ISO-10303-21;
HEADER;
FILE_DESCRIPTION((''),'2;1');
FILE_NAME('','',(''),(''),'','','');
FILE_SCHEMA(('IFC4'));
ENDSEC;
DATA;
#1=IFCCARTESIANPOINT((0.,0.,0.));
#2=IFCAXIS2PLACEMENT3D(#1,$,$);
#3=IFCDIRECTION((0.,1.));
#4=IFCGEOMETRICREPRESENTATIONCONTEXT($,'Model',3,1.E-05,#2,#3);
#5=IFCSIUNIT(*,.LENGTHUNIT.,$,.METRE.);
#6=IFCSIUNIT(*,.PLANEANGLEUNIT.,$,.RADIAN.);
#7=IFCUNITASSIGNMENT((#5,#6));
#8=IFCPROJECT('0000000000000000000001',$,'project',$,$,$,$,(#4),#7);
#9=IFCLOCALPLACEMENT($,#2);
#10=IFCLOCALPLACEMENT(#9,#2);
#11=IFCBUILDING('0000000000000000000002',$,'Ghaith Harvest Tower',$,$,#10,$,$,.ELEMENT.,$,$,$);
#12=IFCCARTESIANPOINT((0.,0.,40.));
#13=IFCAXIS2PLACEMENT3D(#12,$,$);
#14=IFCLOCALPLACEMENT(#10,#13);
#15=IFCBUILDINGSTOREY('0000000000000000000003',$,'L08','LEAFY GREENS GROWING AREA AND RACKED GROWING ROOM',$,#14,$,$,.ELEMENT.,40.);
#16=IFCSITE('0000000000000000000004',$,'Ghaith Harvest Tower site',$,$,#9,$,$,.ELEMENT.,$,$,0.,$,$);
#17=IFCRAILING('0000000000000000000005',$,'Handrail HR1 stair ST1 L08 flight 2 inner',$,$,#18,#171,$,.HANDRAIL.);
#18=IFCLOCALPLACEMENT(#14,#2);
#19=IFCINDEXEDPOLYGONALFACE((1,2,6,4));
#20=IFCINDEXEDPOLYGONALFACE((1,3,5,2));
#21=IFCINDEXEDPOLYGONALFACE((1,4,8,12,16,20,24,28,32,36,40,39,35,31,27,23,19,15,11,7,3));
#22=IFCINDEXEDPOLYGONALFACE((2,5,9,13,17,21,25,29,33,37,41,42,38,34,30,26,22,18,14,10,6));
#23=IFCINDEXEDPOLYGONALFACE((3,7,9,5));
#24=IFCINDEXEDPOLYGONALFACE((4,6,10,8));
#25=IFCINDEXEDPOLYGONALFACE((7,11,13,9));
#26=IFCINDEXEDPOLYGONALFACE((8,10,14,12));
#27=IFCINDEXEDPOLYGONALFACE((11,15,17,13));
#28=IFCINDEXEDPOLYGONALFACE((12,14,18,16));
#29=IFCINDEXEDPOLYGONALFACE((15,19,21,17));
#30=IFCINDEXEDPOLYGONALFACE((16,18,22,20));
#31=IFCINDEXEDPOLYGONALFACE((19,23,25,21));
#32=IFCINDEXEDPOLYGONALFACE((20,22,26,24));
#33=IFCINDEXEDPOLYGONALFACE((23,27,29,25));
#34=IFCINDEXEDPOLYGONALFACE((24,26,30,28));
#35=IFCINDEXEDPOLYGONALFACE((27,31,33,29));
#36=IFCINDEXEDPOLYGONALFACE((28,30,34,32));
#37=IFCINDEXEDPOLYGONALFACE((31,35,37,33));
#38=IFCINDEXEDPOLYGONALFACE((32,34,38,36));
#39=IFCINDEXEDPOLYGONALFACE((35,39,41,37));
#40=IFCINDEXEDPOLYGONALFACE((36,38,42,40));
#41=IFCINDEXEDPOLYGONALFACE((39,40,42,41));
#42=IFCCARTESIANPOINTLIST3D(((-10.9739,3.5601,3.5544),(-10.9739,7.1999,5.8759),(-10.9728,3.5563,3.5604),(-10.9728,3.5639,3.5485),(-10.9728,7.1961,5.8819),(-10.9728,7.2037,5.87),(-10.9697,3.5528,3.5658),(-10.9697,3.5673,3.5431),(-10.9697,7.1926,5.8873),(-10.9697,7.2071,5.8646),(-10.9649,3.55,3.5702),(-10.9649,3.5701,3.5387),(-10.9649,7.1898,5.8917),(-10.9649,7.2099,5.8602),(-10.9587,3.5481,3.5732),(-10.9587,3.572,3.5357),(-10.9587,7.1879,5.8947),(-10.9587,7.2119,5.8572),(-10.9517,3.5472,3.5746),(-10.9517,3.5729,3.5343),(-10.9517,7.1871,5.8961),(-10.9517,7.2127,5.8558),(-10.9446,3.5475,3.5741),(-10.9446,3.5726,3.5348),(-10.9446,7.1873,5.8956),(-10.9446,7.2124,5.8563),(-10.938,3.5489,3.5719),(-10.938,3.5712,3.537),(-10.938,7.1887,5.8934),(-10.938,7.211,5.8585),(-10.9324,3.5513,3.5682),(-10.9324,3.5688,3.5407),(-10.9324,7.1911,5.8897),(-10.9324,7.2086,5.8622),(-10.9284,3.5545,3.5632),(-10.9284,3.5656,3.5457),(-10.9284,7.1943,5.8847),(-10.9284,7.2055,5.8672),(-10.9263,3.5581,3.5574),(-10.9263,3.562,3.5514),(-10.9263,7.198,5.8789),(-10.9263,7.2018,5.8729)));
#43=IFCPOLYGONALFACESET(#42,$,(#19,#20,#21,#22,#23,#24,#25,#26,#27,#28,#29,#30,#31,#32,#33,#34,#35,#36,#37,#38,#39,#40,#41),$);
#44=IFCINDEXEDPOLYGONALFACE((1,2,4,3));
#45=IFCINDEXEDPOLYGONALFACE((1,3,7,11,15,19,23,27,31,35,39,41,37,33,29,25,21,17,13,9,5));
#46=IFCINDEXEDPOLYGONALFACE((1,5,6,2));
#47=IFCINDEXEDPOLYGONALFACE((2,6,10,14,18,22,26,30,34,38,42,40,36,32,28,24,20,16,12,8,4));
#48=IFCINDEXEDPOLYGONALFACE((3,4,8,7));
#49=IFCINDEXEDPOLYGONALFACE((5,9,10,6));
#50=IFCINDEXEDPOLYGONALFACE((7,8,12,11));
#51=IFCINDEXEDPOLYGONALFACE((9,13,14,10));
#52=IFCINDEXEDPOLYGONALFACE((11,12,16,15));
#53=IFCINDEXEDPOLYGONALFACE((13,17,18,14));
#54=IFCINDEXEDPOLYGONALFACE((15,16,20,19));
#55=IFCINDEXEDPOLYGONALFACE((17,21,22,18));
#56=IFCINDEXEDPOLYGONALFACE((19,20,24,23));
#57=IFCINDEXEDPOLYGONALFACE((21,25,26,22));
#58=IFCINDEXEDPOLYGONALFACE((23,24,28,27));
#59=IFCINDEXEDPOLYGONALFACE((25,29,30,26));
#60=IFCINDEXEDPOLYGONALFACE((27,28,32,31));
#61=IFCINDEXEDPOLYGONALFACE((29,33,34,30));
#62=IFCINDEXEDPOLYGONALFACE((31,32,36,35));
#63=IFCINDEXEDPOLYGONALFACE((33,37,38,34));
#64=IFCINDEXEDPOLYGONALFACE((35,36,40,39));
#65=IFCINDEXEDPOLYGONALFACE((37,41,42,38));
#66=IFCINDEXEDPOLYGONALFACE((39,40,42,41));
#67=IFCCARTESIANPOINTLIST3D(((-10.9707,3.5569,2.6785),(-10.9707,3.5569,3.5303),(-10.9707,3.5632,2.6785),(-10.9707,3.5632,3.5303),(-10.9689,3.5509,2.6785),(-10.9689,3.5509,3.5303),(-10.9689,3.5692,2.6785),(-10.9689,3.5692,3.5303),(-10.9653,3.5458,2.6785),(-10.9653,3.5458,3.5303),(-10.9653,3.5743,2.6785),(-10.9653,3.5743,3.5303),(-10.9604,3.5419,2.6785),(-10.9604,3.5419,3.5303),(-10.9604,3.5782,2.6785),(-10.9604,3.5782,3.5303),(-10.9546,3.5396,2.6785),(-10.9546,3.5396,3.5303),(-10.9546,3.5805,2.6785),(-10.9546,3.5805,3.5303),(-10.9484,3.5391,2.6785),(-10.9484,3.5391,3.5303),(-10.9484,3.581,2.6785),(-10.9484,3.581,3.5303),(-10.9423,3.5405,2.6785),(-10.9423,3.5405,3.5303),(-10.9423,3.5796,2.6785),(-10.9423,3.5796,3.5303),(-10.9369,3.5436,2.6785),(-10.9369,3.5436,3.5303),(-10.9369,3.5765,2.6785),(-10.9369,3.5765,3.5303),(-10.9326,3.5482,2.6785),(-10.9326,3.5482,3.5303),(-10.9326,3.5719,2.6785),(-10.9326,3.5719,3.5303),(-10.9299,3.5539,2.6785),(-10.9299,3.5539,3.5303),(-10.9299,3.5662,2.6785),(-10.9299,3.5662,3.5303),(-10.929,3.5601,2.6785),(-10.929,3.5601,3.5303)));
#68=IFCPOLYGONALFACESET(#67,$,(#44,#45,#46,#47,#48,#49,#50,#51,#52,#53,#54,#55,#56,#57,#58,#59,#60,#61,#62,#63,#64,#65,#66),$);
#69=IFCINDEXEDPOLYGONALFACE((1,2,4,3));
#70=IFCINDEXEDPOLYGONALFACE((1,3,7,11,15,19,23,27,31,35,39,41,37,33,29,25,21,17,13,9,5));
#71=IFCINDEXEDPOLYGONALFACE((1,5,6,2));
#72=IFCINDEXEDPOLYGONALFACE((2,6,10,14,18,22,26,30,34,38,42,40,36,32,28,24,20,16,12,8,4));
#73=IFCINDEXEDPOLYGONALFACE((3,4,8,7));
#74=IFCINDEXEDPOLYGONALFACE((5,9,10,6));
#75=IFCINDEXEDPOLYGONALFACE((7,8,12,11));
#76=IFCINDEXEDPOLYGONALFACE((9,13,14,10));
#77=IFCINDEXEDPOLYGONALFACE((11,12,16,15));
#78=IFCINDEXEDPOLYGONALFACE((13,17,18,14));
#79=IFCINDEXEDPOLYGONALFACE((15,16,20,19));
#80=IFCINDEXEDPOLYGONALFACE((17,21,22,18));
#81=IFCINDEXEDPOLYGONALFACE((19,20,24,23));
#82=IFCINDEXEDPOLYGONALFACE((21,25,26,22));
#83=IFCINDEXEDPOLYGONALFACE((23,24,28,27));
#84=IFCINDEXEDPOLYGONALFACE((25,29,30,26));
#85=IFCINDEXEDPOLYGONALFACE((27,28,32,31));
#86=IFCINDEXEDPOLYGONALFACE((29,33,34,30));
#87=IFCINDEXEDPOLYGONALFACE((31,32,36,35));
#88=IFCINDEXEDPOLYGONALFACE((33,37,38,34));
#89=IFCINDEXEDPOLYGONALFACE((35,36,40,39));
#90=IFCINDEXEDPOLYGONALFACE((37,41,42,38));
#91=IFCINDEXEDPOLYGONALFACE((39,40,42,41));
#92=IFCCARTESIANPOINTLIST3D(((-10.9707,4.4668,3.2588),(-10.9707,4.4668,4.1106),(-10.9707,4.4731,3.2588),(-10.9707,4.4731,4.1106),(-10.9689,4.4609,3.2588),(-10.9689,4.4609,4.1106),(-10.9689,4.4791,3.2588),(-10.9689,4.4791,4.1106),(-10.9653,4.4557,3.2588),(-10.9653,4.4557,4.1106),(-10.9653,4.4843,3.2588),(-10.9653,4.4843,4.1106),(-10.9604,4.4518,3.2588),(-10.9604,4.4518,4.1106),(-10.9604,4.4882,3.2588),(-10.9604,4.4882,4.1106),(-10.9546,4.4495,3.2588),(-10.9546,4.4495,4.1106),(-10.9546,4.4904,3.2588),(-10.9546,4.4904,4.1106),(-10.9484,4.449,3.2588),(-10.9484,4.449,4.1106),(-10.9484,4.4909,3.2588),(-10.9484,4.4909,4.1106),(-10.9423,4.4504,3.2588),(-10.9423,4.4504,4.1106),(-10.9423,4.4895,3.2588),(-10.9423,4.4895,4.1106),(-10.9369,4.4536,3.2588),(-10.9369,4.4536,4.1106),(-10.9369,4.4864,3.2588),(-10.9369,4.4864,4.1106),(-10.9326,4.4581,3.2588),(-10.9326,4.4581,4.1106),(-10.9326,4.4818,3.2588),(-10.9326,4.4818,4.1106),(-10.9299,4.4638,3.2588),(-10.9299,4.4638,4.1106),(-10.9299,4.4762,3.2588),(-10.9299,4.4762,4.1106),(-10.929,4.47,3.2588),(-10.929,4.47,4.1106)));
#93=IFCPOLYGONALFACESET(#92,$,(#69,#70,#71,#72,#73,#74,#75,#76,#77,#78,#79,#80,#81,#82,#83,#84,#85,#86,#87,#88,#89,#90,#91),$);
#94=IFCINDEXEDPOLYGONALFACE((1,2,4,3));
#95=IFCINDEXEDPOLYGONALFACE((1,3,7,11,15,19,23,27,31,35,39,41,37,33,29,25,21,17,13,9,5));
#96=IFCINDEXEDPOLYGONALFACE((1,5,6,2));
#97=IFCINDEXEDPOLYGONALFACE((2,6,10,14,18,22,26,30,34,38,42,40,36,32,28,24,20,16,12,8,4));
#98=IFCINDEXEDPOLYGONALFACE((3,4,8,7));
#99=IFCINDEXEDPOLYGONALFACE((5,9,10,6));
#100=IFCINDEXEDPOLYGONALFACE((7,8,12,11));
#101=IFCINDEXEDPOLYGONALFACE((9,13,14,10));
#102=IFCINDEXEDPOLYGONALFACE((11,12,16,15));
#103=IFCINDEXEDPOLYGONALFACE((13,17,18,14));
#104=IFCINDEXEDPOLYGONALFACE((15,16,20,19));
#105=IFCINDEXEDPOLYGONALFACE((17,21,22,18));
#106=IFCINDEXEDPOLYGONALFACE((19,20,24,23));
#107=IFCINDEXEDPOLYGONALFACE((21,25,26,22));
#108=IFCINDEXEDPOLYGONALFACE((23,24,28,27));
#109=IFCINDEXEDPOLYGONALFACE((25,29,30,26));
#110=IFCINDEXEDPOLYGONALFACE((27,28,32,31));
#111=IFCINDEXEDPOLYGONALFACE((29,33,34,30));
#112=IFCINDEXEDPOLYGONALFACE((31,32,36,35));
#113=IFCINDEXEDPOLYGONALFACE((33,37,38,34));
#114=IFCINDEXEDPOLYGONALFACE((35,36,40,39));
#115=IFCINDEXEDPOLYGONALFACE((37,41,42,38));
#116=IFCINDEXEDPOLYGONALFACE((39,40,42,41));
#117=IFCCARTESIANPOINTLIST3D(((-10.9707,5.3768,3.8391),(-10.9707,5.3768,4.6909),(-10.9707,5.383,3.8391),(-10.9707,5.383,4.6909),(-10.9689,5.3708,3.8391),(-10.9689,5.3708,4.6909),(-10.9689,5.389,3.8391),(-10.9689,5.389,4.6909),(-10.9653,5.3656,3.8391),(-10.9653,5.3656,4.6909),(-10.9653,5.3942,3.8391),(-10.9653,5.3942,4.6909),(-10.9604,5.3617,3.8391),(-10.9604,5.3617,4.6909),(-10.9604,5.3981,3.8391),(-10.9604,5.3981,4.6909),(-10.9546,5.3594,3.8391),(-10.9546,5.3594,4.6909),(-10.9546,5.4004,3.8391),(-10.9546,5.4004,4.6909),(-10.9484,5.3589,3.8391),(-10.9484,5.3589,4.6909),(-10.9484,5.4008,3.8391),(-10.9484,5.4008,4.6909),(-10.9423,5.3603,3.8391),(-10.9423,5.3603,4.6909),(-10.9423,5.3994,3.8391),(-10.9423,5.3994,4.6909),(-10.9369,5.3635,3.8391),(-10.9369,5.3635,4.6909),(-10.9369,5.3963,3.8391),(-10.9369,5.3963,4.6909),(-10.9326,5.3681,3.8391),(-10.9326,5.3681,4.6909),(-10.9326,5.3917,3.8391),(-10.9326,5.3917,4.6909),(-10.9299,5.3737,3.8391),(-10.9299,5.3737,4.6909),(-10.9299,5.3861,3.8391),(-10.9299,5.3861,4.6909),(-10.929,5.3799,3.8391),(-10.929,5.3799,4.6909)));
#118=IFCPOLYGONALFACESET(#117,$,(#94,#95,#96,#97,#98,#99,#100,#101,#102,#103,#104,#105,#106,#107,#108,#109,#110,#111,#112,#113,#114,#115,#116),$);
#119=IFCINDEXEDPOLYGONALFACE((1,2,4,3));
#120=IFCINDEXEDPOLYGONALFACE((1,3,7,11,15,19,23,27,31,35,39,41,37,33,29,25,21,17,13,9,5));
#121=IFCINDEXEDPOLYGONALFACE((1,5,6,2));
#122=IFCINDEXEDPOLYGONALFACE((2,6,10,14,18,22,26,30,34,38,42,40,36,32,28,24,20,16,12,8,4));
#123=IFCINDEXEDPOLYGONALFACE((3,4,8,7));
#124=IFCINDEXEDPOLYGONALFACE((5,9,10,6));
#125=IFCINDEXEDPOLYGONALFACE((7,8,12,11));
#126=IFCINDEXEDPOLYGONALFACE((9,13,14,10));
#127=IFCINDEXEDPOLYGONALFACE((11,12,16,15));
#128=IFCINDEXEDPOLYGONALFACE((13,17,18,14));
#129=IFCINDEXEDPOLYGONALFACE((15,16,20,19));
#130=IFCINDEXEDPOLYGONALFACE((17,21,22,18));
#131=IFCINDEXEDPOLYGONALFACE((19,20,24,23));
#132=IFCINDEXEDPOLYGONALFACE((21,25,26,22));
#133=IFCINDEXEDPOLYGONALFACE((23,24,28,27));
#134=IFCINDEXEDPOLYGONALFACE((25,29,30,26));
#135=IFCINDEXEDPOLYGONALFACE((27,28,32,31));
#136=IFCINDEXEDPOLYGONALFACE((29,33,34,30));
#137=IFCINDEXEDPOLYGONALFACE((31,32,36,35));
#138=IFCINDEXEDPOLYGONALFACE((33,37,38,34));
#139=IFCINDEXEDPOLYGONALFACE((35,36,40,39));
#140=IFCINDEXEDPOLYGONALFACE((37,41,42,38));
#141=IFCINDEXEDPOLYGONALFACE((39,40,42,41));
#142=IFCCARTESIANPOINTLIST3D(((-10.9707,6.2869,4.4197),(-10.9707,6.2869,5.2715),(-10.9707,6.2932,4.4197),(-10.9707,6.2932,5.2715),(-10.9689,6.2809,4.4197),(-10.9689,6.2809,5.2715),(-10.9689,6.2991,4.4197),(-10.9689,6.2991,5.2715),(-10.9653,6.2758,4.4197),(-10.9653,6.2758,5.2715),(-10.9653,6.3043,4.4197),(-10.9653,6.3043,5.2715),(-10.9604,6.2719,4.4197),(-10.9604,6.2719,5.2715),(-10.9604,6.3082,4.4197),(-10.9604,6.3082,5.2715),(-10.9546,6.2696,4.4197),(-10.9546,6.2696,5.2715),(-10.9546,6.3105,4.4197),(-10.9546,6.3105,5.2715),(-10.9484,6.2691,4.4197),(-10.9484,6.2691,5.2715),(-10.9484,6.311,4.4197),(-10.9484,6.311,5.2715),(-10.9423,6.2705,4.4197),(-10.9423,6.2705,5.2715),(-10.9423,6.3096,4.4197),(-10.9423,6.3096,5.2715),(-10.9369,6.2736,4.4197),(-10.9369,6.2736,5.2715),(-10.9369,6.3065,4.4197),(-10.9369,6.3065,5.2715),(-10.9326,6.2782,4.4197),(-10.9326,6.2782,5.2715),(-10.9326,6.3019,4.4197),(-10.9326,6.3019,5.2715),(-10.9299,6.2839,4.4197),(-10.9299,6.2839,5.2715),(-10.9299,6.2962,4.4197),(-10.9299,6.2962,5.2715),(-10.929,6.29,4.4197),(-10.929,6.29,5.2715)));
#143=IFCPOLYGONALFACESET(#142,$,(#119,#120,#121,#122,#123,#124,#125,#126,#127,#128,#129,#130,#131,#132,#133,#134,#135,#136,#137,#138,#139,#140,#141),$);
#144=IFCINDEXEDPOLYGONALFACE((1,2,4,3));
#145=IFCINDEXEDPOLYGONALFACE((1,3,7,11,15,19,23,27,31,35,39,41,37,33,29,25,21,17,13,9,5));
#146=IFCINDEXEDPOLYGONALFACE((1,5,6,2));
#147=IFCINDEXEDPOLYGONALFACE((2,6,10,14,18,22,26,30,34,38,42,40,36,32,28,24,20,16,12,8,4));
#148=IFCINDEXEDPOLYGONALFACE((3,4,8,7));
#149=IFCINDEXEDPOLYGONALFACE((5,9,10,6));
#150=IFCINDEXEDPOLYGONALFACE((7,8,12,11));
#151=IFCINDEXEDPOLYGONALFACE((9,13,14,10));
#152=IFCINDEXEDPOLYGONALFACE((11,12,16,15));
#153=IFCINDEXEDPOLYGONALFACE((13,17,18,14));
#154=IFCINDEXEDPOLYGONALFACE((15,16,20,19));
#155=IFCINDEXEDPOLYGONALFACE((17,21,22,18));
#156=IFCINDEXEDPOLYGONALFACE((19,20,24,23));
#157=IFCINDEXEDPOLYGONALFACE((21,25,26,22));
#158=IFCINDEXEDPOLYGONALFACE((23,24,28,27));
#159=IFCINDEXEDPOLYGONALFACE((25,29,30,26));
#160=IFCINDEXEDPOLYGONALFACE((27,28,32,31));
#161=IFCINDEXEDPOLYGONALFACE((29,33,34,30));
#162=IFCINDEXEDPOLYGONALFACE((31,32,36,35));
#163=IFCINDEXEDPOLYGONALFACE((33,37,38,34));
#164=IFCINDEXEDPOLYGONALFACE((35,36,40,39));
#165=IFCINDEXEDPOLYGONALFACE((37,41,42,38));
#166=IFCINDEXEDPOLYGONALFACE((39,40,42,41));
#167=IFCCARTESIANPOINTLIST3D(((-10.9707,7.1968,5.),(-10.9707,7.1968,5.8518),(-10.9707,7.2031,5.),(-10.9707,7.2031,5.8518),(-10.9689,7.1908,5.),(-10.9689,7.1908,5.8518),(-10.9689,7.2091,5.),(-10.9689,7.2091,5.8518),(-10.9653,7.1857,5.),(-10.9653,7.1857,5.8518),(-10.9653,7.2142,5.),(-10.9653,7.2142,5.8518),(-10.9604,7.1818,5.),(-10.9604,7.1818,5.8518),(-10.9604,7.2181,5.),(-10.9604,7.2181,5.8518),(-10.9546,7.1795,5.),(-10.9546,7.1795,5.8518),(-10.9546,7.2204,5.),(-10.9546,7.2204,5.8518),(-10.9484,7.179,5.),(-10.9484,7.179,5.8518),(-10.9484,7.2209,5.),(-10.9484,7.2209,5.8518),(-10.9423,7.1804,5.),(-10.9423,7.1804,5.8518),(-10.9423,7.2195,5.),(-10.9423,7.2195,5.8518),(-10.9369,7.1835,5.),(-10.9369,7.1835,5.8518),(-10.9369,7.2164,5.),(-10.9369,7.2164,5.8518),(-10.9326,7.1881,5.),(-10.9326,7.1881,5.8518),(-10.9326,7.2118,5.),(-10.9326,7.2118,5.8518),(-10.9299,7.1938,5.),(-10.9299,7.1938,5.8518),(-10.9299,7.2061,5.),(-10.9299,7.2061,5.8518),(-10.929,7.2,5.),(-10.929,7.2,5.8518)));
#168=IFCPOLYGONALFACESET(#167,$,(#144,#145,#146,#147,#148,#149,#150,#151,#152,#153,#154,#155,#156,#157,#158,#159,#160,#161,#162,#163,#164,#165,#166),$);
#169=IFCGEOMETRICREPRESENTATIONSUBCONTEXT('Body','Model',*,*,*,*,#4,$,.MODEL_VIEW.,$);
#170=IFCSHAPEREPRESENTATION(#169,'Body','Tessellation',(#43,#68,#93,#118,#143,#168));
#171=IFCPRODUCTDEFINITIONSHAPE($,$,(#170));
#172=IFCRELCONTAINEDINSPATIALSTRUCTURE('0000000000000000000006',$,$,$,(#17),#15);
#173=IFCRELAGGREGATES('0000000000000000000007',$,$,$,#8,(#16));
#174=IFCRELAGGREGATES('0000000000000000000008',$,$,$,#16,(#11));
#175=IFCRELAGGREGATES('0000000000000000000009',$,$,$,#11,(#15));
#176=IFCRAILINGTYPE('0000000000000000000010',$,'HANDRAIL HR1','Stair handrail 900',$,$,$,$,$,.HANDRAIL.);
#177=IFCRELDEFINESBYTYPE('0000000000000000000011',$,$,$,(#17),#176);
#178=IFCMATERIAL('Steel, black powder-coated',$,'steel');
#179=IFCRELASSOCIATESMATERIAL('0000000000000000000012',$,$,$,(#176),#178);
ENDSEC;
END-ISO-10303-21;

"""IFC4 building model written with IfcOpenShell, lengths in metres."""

from ifc_helpers import new_model, si_unit, direction, frame, origin, origin_2d, place, context, subcontext, project, spatial, circle, extrude, material, type_object, element, save


model = new_model("IFC4")

# Units and contexts
model_context = context("Model", 3, precision=1e-05, world=origin(), true_north=direction((0.0, 1.0)))
body_context = subcontext(model_context, "Body", "Model", "MODEL_VIEW")
ifc_project = project(units=[si_unit("LENGTHUNIT", "METRE"), si_unit("PLANEANGLEUNIT", "RADIAN")], contexts=[model_context])

# Site, building, storey
site_placement = place(None, origin())
site = spatial("IfcSite", under=ifc_project, at=site_placement, Name="Ghaith Harvest Tower site", CompositionType="ELEMENT", RefElevation=0.0)
building_placement = place(site_placement, origin())
building = spatial("IfcBuilding", under=site, at=building_placement, Name="Ghaith Harvest Tower", CompositionType="ELEMENT")
storey_placement = place(building_placement, frame((0.0, 0.0, 40.0)))
storey = spatial("IfcBuildingStorey", under=building, at=storey_placement, Name="L08", Description="LEAFY GREENS GROWING AREA AND RACKED GROWING ROOM", CompositionType="ELEMENT", Elevation=40.0)

# Railing
ifc_material_1 = material(Name="Steel, black powder-coated", Category="steel")
railing_type = type_object("IfcRailingType", Name="HANDRAIL HR1", Description="Stair handrail 900", PredefinedType="HANDRAIL", material=ifc_material_1)
railing_1_placement = place(storey_placement, frame((-10.95, 3.5601, 2.6785)))
element("IfcRailing", 1, at=railing_1_placement, inside=storey, type_object=railing_type, Name="Handrail HR1 stair ST1 L08 flight 2 inner", PredefinedType="HANDRAIL", context=body_context, shape_type="SweptSolid", body=[
    extrude(circle(Radius=0.0239, at=origin_2d()), frame((0.0, 0.0, 0.876), z_axis=(0.0, 0.843112, 0.537739), x_axis=(-1.0, 0.0, 0.0)), (0.0, 0.0, 1.0), 4.3171),
    extrude(circle(Radius=0.021, at=origin_2d()), origin(), (0.0, 0.0, 1.0), 0.8518),
    extrude(circle(Radius=0.021, at=origin_2d()), frame((0.0, 0.9099, 0.5803)), (0.0, 0.0, 1.0), 0.8518),
    extrude(circle(Radius=0.021, at=origin_2d()), frame((0.0, 1.8198, 1.1606)), (0.0, 0.0, 1.0), 0.8518),
    extrude(circle(Radius=0.021, at=origin_2d()), frame((0.0, 2.73, 1.7412)), (0.0, 0.0, 1.0), 0.8518),
    extrude(circle(Radius=0.021, at=origin_2d()), frame((0.0, 3.6399, 2.3215)), (0.0, 0.0, 1.0), 0.8518),
])

save(model, "model.ifc")
